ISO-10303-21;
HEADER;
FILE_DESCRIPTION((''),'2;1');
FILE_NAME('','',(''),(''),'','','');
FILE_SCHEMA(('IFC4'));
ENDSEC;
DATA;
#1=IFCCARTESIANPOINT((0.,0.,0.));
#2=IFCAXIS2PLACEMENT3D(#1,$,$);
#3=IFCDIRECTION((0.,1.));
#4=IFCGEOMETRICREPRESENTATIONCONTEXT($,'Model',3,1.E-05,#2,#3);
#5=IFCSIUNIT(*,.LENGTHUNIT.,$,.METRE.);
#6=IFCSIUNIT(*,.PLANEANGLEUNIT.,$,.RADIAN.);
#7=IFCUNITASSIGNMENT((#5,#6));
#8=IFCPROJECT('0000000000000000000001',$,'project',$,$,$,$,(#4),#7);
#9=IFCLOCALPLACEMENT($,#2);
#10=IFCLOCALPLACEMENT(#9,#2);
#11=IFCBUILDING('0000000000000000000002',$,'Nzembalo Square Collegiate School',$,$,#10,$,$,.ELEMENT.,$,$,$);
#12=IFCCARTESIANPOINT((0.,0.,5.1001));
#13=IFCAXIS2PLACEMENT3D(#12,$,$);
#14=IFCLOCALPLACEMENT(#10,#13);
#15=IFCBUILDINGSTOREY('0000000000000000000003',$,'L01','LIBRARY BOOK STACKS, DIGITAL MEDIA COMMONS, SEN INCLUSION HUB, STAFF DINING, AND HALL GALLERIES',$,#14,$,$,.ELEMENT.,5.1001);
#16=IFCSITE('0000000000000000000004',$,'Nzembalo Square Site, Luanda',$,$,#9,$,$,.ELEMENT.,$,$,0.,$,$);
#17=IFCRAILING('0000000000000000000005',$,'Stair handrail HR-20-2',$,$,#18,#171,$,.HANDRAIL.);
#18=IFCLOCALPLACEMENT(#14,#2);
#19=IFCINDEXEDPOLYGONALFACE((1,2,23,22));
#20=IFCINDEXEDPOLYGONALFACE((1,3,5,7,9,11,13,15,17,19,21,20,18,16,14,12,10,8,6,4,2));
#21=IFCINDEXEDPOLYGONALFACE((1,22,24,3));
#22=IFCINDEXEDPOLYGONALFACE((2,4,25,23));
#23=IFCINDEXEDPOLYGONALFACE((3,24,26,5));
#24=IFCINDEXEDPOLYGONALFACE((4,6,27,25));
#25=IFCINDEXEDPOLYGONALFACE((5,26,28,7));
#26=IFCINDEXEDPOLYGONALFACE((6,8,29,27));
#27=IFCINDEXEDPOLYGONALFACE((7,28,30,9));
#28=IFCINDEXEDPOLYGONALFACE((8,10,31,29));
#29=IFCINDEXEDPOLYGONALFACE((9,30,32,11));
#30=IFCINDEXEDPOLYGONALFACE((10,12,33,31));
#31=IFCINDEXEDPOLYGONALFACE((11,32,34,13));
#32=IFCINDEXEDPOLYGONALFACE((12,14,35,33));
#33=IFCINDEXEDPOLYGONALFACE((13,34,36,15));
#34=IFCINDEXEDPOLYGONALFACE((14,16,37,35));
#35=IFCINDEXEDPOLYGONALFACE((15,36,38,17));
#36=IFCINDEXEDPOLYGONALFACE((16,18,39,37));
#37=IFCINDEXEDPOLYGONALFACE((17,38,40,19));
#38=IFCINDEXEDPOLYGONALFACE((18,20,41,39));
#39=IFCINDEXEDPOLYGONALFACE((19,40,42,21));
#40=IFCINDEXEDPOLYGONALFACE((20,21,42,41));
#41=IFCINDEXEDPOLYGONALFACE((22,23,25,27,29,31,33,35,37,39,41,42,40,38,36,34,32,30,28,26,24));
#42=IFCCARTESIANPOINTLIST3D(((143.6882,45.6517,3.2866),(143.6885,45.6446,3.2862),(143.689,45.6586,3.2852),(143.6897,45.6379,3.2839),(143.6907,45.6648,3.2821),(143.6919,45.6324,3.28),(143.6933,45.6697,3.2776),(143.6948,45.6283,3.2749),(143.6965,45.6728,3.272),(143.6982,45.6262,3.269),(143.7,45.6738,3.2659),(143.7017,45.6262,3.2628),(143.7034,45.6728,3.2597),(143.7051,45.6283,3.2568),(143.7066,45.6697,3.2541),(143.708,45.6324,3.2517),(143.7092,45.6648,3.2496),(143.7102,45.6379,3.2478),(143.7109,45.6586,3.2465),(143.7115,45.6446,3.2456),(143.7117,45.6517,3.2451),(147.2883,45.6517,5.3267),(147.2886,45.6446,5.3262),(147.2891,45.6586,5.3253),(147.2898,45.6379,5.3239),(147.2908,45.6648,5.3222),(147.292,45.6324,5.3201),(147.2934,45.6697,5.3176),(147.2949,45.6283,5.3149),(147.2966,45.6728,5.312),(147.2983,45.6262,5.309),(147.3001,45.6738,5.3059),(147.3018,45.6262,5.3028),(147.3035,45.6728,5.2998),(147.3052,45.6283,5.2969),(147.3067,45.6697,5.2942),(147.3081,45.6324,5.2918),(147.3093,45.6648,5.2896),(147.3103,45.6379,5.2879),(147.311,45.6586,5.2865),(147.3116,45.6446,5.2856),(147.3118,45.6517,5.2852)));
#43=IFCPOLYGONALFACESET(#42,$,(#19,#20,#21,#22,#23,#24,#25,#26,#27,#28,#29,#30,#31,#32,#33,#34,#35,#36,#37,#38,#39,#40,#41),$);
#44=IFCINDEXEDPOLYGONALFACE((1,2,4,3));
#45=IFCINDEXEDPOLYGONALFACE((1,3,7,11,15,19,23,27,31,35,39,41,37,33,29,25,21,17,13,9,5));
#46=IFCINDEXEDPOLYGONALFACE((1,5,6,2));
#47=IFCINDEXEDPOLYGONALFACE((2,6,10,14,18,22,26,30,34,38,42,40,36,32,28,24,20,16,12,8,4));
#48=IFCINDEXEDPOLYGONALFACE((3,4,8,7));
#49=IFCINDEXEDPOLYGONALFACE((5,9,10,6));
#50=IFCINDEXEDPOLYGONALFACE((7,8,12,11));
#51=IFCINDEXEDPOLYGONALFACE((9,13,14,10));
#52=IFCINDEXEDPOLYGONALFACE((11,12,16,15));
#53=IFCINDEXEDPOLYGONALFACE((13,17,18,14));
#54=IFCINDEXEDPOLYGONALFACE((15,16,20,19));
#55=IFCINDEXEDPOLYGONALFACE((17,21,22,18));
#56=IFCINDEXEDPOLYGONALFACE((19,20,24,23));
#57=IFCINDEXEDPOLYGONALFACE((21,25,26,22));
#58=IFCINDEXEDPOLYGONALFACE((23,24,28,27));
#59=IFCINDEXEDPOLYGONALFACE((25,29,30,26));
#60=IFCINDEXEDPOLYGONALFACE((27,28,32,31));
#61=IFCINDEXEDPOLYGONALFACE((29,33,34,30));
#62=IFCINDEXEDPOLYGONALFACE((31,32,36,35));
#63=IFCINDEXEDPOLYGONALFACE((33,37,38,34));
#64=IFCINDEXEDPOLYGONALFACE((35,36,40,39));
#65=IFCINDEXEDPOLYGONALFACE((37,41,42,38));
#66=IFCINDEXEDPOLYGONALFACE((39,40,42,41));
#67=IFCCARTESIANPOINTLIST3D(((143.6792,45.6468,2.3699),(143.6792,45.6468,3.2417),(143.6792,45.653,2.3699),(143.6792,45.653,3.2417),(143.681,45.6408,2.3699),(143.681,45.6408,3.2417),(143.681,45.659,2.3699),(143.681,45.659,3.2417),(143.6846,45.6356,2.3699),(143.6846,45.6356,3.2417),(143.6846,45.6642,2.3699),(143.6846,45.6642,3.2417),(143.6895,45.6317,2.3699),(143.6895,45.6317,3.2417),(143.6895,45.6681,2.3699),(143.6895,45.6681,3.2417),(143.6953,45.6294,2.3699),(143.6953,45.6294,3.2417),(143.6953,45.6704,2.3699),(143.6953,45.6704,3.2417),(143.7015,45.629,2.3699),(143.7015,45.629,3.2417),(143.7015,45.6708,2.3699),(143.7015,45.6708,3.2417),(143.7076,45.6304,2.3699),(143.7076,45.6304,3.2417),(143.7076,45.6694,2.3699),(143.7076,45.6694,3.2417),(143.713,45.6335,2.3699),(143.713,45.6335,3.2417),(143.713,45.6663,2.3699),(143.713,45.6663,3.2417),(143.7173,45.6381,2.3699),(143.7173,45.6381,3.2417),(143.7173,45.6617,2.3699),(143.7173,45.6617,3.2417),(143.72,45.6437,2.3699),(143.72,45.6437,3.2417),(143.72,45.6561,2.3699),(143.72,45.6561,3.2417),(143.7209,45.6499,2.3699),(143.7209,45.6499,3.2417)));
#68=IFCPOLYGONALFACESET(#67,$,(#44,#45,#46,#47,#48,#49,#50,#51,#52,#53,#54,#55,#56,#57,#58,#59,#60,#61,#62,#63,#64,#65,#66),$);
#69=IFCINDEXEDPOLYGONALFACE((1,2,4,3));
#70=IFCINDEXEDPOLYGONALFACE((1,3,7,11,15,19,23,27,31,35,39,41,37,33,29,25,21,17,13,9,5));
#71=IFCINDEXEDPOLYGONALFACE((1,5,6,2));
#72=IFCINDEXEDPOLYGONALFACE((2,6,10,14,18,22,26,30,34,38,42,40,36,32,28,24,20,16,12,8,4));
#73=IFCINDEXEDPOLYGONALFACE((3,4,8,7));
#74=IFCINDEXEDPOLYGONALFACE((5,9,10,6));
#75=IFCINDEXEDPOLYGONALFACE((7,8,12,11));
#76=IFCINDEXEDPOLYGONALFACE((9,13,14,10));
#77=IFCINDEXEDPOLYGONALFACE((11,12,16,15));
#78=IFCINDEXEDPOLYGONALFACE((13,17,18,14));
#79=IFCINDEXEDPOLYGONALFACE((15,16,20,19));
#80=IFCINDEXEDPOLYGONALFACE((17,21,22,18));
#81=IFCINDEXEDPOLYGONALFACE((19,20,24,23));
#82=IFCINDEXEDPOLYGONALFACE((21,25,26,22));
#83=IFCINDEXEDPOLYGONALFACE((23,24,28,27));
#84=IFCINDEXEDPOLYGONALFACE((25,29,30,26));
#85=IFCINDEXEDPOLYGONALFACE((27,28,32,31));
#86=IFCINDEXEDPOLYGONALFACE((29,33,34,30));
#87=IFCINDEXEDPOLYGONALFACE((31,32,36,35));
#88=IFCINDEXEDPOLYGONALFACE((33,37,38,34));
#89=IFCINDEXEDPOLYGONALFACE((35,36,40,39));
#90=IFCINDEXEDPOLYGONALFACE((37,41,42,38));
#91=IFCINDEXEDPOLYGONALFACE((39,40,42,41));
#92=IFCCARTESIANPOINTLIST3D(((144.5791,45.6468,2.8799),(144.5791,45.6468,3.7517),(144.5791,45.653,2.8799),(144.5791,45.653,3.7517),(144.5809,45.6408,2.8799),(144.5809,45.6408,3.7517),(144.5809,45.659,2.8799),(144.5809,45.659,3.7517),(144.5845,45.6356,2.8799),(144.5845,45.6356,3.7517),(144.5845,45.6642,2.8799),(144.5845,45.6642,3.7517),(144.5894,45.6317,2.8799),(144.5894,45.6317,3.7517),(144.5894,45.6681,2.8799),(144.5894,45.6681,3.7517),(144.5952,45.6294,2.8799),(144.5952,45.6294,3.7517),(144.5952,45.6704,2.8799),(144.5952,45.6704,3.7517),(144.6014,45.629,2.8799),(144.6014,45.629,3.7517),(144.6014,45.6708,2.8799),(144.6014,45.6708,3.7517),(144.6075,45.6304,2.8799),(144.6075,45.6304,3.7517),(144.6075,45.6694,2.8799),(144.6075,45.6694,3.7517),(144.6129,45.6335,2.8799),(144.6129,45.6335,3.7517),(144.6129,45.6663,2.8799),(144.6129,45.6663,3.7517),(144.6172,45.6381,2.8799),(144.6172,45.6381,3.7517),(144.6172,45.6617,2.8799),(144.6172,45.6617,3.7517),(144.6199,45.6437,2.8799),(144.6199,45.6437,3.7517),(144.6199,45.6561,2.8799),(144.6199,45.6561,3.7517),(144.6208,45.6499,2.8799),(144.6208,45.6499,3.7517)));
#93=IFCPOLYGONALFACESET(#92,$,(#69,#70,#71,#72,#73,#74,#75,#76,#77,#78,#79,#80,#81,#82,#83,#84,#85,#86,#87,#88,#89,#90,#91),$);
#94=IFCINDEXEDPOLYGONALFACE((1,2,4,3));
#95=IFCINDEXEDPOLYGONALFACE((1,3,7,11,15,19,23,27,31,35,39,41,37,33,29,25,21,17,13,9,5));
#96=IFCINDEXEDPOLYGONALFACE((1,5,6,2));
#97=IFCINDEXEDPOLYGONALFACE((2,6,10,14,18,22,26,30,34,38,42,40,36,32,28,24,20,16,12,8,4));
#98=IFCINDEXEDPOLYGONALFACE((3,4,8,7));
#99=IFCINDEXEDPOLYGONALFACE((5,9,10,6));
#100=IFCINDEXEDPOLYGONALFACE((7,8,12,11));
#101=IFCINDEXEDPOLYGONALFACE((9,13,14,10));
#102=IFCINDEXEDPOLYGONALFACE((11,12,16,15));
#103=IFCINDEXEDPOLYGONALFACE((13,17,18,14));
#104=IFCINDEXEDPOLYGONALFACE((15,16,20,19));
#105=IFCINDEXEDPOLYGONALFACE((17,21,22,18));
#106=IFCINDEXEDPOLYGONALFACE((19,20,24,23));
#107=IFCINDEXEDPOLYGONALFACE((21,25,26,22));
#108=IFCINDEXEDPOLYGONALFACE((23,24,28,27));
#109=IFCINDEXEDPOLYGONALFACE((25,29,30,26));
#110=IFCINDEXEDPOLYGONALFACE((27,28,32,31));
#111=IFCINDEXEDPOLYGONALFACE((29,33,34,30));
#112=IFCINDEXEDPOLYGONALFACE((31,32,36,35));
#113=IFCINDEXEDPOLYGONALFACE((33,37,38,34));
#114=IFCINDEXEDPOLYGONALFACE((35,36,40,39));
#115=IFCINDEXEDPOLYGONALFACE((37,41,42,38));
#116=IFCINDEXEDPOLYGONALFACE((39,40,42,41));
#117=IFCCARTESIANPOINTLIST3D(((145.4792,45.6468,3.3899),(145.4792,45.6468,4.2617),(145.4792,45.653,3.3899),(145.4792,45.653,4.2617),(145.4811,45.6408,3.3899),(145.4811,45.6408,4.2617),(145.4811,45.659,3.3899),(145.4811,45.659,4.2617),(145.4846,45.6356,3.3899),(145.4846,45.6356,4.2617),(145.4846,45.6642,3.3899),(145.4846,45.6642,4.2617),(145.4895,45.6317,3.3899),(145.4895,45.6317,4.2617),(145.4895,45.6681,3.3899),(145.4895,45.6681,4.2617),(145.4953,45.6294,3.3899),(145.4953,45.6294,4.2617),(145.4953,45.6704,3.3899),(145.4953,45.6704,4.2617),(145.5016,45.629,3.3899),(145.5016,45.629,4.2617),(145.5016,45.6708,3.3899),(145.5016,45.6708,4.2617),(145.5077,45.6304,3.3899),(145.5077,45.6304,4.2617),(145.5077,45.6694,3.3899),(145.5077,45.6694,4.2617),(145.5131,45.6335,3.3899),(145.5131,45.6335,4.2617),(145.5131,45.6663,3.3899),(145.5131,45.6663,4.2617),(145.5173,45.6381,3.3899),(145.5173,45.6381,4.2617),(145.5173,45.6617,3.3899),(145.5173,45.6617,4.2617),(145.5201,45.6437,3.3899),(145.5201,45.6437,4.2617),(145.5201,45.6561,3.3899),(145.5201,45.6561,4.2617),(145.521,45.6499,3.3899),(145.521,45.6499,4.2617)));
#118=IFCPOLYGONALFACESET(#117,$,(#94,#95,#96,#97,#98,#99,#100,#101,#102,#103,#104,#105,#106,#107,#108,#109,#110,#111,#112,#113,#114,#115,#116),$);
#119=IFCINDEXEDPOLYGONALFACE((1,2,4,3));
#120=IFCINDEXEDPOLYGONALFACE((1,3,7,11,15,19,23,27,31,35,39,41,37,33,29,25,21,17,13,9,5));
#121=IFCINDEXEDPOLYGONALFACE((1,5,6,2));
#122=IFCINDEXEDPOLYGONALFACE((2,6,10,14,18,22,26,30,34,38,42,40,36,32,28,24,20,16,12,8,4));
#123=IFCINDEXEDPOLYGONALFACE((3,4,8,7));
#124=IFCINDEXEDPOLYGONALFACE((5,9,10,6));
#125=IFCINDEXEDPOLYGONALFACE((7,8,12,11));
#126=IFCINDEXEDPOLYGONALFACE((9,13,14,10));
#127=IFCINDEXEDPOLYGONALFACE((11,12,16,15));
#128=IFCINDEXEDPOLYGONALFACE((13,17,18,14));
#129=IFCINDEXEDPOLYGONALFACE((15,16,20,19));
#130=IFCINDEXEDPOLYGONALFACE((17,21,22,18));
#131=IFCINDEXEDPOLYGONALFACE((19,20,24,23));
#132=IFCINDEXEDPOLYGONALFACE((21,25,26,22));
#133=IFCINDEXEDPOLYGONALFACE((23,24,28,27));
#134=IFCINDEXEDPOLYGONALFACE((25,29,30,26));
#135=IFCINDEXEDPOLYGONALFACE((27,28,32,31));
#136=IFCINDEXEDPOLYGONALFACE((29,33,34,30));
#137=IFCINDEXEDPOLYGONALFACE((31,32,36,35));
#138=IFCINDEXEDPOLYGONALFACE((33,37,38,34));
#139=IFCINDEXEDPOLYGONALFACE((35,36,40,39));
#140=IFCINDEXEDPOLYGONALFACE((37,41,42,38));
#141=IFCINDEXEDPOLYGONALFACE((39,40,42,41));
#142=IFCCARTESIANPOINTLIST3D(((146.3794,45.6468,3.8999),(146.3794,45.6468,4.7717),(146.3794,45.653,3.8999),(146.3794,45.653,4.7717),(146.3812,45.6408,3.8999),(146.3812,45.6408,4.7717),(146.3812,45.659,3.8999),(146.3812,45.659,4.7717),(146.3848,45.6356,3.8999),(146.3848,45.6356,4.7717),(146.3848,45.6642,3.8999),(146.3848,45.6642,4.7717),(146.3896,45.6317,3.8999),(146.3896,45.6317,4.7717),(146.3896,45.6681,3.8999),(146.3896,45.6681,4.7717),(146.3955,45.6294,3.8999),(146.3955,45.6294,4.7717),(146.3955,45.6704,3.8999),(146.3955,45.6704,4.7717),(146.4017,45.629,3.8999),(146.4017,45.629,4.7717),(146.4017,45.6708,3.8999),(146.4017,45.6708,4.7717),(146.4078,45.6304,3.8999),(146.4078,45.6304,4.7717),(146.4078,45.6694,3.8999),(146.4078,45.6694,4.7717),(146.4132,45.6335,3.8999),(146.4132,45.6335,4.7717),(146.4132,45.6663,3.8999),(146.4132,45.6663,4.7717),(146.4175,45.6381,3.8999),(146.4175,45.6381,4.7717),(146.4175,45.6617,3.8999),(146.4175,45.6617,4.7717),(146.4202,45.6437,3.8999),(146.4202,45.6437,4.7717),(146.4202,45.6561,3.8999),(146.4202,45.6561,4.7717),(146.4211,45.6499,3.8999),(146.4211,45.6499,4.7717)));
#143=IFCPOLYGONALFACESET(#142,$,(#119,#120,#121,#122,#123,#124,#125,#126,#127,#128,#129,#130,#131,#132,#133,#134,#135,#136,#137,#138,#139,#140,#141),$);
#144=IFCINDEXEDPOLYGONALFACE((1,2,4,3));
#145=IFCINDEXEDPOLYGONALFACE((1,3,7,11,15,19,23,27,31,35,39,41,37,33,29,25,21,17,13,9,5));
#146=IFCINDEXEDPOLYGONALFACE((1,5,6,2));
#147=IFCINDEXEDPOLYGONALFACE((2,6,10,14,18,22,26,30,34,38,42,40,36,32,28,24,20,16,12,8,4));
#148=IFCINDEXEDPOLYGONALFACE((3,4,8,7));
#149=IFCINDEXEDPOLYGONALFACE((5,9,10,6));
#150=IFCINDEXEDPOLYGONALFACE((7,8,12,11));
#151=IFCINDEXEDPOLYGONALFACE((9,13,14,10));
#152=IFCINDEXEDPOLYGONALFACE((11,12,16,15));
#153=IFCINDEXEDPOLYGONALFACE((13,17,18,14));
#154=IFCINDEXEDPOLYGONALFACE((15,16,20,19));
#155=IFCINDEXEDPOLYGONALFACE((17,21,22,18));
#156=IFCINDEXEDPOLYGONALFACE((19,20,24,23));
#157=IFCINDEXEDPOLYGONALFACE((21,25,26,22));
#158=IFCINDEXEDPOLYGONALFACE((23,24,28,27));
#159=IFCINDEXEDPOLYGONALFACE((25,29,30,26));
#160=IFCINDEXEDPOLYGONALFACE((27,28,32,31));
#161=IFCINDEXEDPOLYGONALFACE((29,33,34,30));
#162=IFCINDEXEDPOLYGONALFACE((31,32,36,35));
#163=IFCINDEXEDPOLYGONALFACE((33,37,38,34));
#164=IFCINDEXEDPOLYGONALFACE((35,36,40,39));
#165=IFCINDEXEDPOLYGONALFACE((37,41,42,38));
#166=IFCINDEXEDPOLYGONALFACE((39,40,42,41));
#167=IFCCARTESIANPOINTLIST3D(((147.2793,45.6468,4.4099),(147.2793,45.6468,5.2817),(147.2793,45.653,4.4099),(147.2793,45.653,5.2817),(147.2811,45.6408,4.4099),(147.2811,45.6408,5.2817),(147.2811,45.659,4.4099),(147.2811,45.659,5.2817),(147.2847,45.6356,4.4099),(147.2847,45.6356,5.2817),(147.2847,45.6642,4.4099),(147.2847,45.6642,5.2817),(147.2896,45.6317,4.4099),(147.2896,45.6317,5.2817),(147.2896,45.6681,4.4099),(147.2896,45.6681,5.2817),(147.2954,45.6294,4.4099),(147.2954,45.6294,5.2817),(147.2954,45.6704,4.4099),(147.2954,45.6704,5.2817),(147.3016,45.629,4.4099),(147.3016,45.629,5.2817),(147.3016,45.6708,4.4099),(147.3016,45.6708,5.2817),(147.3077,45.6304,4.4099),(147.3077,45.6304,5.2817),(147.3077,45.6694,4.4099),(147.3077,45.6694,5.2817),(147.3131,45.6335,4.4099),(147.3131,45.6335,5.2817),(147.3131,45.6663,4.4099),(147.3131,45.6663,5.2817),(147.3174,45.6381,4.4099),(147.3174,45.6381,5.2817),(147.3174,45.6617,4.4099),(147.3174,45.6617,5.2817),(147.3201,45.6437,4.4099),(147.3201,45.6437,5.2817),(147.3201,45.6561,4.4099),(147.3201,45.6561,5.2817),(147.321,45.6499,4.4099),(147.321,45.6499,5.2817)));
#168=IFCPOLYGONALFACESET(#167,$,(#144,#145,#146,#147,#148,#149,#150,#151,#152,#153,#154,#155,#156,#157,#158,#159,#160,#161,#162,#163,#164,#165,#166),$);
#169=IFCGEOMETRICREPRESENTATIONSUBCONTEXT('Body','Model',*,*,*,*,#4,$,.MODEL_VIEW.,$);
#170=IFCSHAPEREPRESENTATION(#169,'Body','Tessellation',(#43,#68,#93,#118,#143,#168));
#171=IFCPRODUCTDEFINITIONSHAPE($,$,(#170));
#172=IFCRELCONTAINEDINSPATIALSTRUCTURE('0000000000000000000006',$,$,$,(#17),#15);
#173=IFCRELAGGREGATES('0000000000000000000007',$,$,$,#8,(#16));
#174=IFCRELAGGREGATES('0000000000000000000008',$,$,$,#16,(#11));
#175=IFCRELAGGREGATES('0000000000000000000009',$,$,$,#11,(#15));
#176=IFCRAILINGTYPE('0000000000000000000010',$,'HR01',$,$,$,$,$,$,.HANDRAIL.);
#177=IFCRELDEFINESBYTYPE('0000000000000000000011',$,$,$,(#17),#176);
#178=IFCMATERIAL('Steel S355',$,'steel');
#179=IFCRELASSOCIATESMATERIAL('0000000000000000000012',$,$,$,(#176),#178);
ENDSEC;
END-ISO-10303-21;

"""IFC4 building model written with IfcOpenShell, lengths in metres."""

from ifc_helpers import new_model, si_unit, direction, frame, origin, origin_2d, place, context, subcontext, project, spatial, circle, extrude, material, type_object, element, save


model = new_model("IFC4")

# Units and contexts
model_context = context("Model", 3, precision=1e-05, world=origin(), true_north=direction((0.0, 1.0)))
body_context = subcontext(model_context, "Body", "Model", "MODEL_VIEW")
ifc_project = project(units=[si_unit("LENGTHUNIT", "METRE"), si_unit("PLANEANGLEUNIT", "RADIAN")], contexts=[model_context])

# Site, building, storey
site_placement = place(None, origin())
site = spatial("IfcSite", under=ifc_project, at=site_placement, Name="Nzembalo Square Site, Luanda", CompositionType="ELEMENT", RefElevation=0.0)
building_placement = place(site_placement, origin())
building = spatial("IfcBuilding", under=site, at=building_placement, Name="Nzembalo Square Collegiate School", CompositionType="ELEMENT")
storey_placement = place(building_placement, frame((0.0, 0.0, 5.1001)))
storey = spatial("IfcBuildingStorey", under=building, at=storey_placement, Name="L01", Description="LIBRARY BOOK STACKS, DIGITAL MEDIA COMMONS, SEN INCLUSION HUB, STAFF DINING, AND HALL GALLERIES", CompositionType="ELEMENT", Elevation=5.1001)

# Railing
ifc_material_1 = material(Name="Steel S355", Category="steel")
railing_type_1 = type_object("IfcRailingType", Name="HR01", PredefinedType="HANDRAIL", material=ifc_material_1)
railing_1_placement = place(storey_placement, frame((143.7, 45.6499, 2.3699)))
element("IfcRailing", 1, at=railing_1_placement, inside=storey, type_object=railing_type_1, Name="Stair handrail HR-20-2", PredefinedType="HANDRAIL", context=body_context, shape_type="SweptSolid", body=[
    extrude(circle(Radius=0.0239, at=origin_2d()), frame((0.0, 0.0, 0.896), z_axis=(0.870024, 0.0, 0.49301), x_axis=(0.0, 1.0, 0.0)), (0.0, 0.0, 1.0), 4.1379),
    extrude(circle(Radius=0.021, at=origin_2d()), origin(), (0.0, 0.0, 1.0), 0.8718),
    extrude(circle(Radius=0.021, at=origin_2d()), frame((0.8999, 0.0, 0.51)), (0.0, 0.0, 1.0), 0.8718),
    extrude(circle(Radius=0.021, at=origin_2d()), frame((1.8, 0.0, 1.02)), (0.0, 0.0, 1.0), 0.8718),
    extrude(circle(Radius=0.021, at=origin_2d()), frame((2.7002, 0.0, 1.53)), (0.0, 0.0, 1.0), 0.8718),
    extrude(circle(Radius=0.021, at=origin_2d()), frame((3.6001, 0.0, 2.04)), (0.0, 0.0, 1.0), 0.8718),
])

save(model, "model.ifc")
